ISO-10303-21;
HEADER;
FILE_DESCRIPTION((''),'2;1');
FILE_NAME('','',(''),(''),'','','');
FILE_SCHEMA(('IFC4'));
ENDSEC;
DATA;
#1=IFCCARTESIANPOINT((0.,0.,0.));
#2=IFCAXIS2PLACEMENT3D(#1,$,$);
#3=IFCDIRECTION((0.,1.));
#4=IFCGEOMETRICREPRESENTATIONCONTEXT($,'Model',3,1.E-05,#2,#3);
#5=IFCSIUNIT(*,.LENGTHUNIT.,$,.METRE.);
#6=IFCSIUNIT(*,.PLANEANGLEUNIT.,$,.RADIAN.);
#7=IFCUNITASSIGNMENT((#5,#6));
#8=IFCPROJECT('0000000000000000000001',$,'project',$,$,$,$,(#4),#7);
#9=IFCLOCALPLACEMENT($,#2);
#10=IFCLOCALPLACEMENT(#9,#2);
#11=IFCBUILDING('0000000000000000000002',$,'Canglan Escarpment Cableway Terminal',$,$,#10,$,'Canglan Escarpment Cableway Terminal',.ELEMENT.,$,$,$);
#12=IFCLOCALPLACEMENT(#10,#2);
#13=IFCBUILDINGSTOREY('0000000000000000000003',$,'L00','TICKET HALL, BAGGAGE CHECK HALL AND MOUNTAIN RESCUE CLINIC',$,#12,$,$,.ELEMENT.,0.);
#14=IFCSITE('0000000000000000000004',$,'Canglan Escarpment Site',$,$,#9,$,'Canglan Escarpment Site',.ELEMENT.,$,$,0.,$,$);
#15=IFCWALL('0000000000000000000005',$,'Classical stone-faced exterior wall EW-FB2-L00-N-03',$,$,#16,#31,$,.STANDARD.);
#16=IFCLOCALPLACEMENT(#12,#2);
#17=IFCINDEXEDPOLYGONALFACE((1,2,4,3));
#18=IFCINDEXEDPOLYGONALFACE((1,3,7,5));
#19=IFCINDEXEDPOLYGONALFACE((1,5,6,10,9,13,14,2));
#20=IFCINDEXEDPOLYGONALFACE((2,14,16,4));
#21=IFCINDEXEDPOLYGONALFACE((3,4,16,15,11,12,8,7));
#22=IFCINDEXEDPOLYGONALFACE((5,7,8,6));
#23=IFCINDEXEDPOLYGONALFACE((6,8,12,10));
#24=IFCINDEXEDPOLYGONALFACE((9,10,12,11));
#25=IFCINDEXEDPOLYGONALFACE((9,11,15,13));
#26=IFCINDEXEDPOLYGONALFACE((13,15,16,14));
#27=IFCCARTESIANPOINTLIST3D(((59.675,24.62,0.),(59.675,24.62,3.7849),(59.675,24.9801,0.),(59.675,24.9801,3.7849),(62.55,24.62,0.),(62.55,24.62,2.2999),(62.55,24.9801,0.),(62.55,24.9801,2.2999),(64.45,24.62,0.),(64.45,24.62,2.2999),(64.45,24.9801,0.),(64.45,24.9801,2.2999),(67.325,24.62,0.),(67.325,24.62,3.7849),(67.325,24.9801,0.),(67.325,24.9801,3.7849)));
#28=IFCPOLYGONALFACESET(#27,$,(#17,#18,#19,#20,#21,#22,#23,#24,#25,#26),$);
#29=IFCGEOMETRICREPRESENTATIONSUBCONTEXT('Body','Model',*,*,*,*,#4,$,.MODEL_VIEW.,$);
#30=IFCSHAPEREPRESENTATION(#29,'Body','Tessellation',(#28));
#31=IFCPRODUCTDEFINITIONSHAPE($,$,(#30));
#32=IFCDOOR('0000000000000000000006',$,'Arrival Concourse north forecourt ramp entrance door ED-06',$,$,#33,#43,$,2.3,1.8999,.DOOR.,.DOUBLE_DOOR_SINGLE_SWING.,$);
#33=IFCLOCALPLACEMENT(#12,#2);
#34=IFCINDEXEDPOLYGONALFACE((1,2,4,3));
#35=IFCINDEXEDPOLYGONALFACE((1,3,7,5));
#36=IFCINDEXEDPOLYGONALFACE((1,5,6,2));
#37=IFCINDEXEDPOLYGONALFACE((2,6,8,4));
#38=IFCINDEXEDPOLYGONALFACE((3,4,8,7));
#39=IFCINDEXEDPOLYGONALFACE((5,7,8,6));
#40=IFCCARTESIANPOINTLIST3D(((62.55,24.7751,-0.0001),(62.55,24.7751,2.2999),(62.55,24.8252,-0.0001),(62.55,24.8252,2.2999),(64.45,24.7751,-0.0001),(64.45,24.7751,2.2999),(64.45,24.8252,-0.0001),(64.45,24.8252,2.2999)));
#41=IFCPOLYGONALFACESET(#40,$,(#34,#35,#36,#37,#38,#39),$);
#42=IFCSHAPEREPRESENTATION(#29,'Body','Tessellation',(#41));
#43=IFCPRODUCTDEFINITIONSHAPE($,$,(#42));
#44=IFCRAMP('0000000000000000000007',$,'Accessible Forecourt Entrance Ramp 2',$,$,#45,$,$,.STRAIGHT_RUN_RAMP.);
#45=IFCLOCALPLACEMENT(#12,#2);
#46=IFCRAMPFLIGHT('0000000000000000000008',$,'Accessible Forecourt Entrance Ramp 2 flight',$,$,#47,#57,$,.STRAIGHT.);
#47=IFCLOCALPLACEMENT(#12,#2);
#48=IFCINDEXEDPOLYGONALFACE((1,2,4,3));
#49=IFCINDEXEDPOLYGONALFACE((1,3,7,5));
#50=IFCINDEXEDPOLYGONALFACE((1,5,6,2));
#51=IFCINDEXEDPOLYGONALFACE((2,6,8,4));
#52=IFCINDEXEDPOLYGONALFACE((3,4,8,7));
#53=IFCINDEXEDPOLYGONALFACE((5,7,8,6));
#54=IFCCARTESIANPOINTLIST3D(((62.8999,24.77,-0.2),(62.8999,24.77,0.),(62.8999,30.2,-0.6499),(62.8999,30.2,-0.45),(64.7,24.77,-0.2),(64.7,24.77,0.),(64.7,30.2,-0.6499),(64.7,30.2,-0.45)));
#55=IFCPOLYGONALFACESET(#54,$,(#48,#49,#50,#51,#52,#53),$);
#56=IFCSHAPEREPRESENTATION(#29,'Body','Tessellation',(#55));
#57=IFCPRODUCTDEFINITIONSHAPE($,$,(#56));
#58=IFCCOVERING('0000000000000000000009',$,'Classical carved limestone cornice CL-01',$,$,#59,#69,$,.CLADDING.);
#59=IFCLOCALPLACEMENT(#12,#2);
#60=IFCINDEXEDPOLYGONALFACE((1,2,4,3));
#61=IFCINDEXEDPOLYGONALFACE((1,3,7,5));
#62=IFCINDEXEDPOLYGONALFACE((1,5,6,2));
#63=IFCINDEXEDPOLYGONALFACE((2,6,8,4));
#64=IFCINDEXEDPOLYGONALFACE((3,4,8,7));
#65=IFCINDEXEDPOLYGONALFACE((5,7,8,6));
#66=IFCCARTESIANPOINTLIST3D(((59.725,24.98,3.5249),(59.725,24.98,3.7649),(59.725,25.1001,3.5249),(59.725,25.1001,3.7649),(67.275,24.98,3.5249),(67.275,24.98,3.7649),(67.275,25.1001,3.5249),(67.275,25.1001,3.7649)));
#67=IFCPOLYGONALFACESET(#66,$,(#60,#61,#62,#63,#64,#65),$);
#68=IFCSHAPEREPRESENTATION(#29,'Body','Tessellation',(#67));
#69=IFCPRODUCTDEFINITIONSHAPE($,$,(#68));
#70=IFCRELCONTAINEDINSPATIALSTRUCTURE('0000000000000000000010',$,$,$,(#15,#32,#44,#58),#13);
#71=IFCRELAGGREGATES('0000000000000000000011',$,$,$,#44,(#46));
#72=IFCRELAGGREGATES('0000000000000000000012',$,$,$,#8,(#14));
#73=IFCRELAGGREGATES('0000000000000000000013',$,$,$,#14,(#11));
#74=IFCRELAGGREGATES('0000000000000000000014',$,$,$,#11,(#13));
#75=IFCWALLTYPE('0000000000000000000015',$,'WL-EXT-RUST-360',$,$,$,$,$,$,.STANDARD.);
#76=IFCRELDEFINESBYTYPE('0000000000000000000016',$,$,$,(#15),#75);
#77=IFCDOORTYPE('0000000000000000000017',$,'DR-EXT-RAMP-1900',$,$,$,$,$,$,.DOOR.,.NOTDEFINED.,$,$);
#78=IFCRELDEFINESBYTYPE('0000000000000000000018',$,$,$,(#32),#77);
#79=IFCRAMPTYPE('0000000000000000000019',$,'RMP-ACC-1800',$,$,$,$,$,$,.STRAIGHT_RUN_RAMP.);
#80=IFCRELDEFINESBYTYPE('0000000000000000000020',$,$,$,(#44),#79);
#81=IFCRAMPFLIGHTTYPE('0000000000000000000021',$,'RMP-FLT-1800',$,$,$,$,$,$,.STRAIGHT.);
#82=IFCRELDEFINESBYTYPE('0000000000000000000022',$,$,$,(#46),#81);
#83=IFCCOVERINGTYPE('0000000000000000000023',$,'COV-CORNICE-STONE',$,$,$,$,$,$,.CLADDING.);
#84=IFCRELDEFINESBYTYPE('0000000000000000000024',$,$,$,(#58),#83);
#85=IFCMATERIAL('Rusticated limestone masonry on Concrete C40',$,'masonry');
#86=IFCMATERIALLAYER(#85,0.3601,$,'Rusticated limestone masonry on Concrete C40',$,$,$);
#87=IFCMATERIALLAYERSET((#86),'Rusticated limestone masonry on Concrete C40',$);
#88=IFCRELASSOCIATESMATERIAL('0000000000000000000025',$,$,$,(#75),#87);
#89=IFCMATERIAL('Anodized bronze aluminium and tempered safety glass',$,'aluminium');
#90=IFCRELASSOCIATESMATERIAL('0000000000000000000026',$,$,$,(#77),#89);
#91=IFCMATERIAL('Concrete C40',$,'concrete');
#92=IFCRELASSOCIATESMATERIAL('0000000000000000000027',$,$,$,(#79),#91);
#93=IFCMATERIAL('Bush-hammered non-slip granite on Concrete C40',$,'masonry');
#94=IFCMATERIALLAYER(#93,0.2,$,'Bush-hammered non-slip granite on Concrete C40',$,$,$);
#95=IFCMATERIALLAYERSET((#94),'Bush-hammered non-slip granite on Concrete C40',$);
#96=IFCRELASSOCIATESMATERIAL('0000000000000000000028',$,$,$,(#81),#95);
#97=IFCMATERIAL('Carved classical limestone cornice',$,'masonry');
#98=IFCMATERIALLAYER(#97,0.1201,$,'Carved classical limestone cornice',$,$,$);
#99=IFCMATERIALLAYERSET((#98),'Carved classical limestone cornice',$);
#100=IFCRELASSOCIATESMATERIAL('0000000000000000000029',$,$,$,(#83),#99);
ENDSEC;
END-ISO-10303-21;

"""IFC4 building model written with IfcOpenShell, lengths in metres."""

from ifc_helpers import new_model, si_unit, direction, frame, frame_2d, origin, origin_2d, place, context, subcontext, project, spatial, polyline, rectangle, outline, extrude, material, layer, layer_set, type_object, element, fill, aggregate, save


model = new_model("IFC4")

# Units and contexts
model_context = context("Model", 3, precision=1e-05, world=origin(), true_north=direction((0.0, 1.0)))
body_context = subcontext(model_context, "Body", "Model", "MODEL_VIEW")
ifc_project = project(units=[si_unit("LENGTHUNIT", "METRE"), si_unit("PLANEANGLEUNIT", "RADIAN")], contexts=[model_context])

# Site, building, storey
site_placement = place(None, origin())
site = spatial("IfcSite", under=ifc_project, at=site_placement, Name="Canglan Escarpment Site", LongName="Canglan Escarpment Site", CompositionType="ELEMENT", RefElevation=0.0)
building_placement = place(site_placement, origin())
building = spatial("IfcBuilding", under=site, at=building_placement, Name="Canglan Escarpment Cableway Terminal", LongName="Canglan Escarpment Cableway Terminal", CompositionType="ELEMENT")
storey_placement = place(building_placement, origin())
storey = spatial("IfcBuildingStorey", under=building, at=storey_placement, Name="L00", Description="TICKET HALL, BAGGAGE CHECK HALL AND MOUNTAIN RESCUE CLINIC", CompositionType="ELEMENT", Elevation=0.0)

# Shared definitions
ifc_material_1 = material(Name="Concrete C40", Category="concrete")

# Wall, opening, door
ifc_material_2 = material(Name="Rusticated limestone masonry on Concrete C40", Category="masonry")
ifc_layer_1 = layer(ifc_material_2, 0.3601, Name="Rusticated limestone masonry on Concrete C40")
ifc_layer_set_1 = layer_set([ifc_layer_1], Name="Rusticated limestone masonry on Concrete C40")
wall_type = type_object("IfcWallType", Name="WL-EXT-RUST-360", PredefinedType="STANDARD", material=ifc_layer_set_1)
wall_placement = place(storey_placement, frame((67.325, 24.8, 0.0), z_axis=(0.0, 0.0, 1.0), x_axis=(-1.0, 0.0, 0.0)))
wall = element("IfcWall", 1, at=wall_placement, inside=storey, type_object=wall_type, Name="Classical stone-faced exterior wall EW-FB2-L00-N-03", PredefinedType="STANDARD", context=body_context, shape_type="SweptSolid", body=[
    extrude(rectangle(XDim=7.6499, YDim=0.3601, at=frame_2d((3.825, 0.0))), origin(), (0.0, 0.0, 1.0), 3.7849),
])
opening_placement = place(wall_placement, frame((2.875, 0.0, 0.0)))
opening = element("IfcOpeningElement", 2, at=opening_placement, cuts=wall, PredefinedType="OPENING", context=body_context, shape_type="SweptSolid", body=[
    extrude(rectangle(XDim=1.8999, YDim=2.3, at=frame_2d((0.95, 1.1499))), frame((0.0, 0.1899, 0.0), z_axis=(0.0, -1.0, 0.0), x_axis=(1.0, 0.0, 0.0)), (0.0, 0.0, 1.0), 0.3801),
])
ifc_material_3 = material(Name="Anodized bronze aluminium and tempered safety glass", Category="aluminium")
door_type = type_object("IfcDoorType", Name="DR-EXT-RAMP-1900", OperationType="NOTDEFINED", PredefinedType="DOOR", material=ifc_material_3)
door_placement = place(opening_placement, origin())
door = element("IfcDoor", 3, at=door_placement, inside=storey, type_object=door_type, Name="Arrival Concourse north forecourt ramp entrance door ED-06", OperationType="DOUBLE_DOOR_SINGLE_SWING", OverallHeight=2.3, OverallWidth=1.8999, PredefinedType="DOOR", context=body_context, shape_type="SweptSolid", body=[
    extrude(rectangle(XDim=1.8999, YDim=2.3, at=frame_2d((0.95, 1.1499))), frame((0.0, 0.0249, 0.0), z_axis=(0.0, -1.0, 0.0), x_axis=(1.0, 0.0, 0.0)), (0.0, 0.0, 1.0), 0.05),
])
fill(opening, door)

# Ramp, ramp flight
ramp_type = type_object("IfcRampType", Name="RMP-ACC-1800", PredefinedType="STRAIGHT_RUN_RAMP", material=ifc_material_1)
ramp_placement = place(storey_placement, origin())
ramp = element("IfcRamp", 4, at=ramp_placement, inside=storey, type_object=ramp_type, Name="Accessible Forecourt Entrance Ramp 2", PredefinedType="STRAIGHT_RUN_RAMP")
ifc_material_4 = material(Name="Bush-hammered non-slip granite on Concrete C40", Category="masonry")
ifc_layer_2 = layer(ifc_material_4, 0.2, Name="Bush-hammered non-slip granite on Concrete C40")
ifc_layer_set_2 = layer_set([ifc_layer_2], Name="Bush-hammered non-slip granite on Concrete C40")
ramp_flight_type = type_object("IfcRampFlightType", Name="RMP-FLT-1800", PredefinedType="STRAIGHT", material=ifc_layer_set_2)
ramp_flight_placement = place(storey_placement, frame((63.8, 30.2, -0.45), z_axis=(0.0, 0.0, 1.0), x_axis=(0.0, -1.0, 0.0)))
ramp_flight = element("IfcRampFlight", 5, at=ramp_flight_placement, type_object=ramp_flight_type, Name="Accessible Forecourt Entrance Ramp 2 flight", PredefinedType="STRAIGHT", context=body_context, shape_type="SweptSolid", body=[
    extrude(outline(polyline([(0.0, 0.0), (0.0, -0.2), (5.4299, 0.25), (5.4299, 0.45), (0.0, 0.0)])), frame((0.0, 0.8999, 0.0), z_axis=(0.0, -1.0, 0.0), x_axis=(1.0, 0.0, 0.0)), (0.0, 0.0, 1.0), 1.8),
])
aggregate(ramp, [ramp_flight])

# Covering
ifc_material_5 = material(Name="Carved classical limestone cornice", Category="masonry")
ifc_layer_3 = layer(ifc_material_5, 0.1201, Name="Carved classical limestone cornice")
ifc_layer_set_3 = layer_set([ifc_layer_3], Name="Carved classical limestone cornice")
covering_type = type_object("IfcCoveringType", Name="COV-CORNICE-STONE", PredefinedType="CLADDING", material=ifc_layer_set_3)
covering_placement = place(storey_placement, frame((63.5, 25.04, 3.5249), z_axis=(0.0, 0.0, 1.0), x_axis=(-1.0, 0.0, 0.0)))
element("IfcCovering", 6, at=covering_placement, inside=storey, type_object=covering_type, Name="Classical carved limestone cornice CL-01", PredefinedType="CLADDING", context=body_context, shape_type="SweptSolid", body=[
    extrude(rectangle(XDim=7.55, YDim=0.1201, at=origin_2d()), origin(), (0.0, 0.0, 1.0), 0.24),
])

save(model, "model.ifc")
